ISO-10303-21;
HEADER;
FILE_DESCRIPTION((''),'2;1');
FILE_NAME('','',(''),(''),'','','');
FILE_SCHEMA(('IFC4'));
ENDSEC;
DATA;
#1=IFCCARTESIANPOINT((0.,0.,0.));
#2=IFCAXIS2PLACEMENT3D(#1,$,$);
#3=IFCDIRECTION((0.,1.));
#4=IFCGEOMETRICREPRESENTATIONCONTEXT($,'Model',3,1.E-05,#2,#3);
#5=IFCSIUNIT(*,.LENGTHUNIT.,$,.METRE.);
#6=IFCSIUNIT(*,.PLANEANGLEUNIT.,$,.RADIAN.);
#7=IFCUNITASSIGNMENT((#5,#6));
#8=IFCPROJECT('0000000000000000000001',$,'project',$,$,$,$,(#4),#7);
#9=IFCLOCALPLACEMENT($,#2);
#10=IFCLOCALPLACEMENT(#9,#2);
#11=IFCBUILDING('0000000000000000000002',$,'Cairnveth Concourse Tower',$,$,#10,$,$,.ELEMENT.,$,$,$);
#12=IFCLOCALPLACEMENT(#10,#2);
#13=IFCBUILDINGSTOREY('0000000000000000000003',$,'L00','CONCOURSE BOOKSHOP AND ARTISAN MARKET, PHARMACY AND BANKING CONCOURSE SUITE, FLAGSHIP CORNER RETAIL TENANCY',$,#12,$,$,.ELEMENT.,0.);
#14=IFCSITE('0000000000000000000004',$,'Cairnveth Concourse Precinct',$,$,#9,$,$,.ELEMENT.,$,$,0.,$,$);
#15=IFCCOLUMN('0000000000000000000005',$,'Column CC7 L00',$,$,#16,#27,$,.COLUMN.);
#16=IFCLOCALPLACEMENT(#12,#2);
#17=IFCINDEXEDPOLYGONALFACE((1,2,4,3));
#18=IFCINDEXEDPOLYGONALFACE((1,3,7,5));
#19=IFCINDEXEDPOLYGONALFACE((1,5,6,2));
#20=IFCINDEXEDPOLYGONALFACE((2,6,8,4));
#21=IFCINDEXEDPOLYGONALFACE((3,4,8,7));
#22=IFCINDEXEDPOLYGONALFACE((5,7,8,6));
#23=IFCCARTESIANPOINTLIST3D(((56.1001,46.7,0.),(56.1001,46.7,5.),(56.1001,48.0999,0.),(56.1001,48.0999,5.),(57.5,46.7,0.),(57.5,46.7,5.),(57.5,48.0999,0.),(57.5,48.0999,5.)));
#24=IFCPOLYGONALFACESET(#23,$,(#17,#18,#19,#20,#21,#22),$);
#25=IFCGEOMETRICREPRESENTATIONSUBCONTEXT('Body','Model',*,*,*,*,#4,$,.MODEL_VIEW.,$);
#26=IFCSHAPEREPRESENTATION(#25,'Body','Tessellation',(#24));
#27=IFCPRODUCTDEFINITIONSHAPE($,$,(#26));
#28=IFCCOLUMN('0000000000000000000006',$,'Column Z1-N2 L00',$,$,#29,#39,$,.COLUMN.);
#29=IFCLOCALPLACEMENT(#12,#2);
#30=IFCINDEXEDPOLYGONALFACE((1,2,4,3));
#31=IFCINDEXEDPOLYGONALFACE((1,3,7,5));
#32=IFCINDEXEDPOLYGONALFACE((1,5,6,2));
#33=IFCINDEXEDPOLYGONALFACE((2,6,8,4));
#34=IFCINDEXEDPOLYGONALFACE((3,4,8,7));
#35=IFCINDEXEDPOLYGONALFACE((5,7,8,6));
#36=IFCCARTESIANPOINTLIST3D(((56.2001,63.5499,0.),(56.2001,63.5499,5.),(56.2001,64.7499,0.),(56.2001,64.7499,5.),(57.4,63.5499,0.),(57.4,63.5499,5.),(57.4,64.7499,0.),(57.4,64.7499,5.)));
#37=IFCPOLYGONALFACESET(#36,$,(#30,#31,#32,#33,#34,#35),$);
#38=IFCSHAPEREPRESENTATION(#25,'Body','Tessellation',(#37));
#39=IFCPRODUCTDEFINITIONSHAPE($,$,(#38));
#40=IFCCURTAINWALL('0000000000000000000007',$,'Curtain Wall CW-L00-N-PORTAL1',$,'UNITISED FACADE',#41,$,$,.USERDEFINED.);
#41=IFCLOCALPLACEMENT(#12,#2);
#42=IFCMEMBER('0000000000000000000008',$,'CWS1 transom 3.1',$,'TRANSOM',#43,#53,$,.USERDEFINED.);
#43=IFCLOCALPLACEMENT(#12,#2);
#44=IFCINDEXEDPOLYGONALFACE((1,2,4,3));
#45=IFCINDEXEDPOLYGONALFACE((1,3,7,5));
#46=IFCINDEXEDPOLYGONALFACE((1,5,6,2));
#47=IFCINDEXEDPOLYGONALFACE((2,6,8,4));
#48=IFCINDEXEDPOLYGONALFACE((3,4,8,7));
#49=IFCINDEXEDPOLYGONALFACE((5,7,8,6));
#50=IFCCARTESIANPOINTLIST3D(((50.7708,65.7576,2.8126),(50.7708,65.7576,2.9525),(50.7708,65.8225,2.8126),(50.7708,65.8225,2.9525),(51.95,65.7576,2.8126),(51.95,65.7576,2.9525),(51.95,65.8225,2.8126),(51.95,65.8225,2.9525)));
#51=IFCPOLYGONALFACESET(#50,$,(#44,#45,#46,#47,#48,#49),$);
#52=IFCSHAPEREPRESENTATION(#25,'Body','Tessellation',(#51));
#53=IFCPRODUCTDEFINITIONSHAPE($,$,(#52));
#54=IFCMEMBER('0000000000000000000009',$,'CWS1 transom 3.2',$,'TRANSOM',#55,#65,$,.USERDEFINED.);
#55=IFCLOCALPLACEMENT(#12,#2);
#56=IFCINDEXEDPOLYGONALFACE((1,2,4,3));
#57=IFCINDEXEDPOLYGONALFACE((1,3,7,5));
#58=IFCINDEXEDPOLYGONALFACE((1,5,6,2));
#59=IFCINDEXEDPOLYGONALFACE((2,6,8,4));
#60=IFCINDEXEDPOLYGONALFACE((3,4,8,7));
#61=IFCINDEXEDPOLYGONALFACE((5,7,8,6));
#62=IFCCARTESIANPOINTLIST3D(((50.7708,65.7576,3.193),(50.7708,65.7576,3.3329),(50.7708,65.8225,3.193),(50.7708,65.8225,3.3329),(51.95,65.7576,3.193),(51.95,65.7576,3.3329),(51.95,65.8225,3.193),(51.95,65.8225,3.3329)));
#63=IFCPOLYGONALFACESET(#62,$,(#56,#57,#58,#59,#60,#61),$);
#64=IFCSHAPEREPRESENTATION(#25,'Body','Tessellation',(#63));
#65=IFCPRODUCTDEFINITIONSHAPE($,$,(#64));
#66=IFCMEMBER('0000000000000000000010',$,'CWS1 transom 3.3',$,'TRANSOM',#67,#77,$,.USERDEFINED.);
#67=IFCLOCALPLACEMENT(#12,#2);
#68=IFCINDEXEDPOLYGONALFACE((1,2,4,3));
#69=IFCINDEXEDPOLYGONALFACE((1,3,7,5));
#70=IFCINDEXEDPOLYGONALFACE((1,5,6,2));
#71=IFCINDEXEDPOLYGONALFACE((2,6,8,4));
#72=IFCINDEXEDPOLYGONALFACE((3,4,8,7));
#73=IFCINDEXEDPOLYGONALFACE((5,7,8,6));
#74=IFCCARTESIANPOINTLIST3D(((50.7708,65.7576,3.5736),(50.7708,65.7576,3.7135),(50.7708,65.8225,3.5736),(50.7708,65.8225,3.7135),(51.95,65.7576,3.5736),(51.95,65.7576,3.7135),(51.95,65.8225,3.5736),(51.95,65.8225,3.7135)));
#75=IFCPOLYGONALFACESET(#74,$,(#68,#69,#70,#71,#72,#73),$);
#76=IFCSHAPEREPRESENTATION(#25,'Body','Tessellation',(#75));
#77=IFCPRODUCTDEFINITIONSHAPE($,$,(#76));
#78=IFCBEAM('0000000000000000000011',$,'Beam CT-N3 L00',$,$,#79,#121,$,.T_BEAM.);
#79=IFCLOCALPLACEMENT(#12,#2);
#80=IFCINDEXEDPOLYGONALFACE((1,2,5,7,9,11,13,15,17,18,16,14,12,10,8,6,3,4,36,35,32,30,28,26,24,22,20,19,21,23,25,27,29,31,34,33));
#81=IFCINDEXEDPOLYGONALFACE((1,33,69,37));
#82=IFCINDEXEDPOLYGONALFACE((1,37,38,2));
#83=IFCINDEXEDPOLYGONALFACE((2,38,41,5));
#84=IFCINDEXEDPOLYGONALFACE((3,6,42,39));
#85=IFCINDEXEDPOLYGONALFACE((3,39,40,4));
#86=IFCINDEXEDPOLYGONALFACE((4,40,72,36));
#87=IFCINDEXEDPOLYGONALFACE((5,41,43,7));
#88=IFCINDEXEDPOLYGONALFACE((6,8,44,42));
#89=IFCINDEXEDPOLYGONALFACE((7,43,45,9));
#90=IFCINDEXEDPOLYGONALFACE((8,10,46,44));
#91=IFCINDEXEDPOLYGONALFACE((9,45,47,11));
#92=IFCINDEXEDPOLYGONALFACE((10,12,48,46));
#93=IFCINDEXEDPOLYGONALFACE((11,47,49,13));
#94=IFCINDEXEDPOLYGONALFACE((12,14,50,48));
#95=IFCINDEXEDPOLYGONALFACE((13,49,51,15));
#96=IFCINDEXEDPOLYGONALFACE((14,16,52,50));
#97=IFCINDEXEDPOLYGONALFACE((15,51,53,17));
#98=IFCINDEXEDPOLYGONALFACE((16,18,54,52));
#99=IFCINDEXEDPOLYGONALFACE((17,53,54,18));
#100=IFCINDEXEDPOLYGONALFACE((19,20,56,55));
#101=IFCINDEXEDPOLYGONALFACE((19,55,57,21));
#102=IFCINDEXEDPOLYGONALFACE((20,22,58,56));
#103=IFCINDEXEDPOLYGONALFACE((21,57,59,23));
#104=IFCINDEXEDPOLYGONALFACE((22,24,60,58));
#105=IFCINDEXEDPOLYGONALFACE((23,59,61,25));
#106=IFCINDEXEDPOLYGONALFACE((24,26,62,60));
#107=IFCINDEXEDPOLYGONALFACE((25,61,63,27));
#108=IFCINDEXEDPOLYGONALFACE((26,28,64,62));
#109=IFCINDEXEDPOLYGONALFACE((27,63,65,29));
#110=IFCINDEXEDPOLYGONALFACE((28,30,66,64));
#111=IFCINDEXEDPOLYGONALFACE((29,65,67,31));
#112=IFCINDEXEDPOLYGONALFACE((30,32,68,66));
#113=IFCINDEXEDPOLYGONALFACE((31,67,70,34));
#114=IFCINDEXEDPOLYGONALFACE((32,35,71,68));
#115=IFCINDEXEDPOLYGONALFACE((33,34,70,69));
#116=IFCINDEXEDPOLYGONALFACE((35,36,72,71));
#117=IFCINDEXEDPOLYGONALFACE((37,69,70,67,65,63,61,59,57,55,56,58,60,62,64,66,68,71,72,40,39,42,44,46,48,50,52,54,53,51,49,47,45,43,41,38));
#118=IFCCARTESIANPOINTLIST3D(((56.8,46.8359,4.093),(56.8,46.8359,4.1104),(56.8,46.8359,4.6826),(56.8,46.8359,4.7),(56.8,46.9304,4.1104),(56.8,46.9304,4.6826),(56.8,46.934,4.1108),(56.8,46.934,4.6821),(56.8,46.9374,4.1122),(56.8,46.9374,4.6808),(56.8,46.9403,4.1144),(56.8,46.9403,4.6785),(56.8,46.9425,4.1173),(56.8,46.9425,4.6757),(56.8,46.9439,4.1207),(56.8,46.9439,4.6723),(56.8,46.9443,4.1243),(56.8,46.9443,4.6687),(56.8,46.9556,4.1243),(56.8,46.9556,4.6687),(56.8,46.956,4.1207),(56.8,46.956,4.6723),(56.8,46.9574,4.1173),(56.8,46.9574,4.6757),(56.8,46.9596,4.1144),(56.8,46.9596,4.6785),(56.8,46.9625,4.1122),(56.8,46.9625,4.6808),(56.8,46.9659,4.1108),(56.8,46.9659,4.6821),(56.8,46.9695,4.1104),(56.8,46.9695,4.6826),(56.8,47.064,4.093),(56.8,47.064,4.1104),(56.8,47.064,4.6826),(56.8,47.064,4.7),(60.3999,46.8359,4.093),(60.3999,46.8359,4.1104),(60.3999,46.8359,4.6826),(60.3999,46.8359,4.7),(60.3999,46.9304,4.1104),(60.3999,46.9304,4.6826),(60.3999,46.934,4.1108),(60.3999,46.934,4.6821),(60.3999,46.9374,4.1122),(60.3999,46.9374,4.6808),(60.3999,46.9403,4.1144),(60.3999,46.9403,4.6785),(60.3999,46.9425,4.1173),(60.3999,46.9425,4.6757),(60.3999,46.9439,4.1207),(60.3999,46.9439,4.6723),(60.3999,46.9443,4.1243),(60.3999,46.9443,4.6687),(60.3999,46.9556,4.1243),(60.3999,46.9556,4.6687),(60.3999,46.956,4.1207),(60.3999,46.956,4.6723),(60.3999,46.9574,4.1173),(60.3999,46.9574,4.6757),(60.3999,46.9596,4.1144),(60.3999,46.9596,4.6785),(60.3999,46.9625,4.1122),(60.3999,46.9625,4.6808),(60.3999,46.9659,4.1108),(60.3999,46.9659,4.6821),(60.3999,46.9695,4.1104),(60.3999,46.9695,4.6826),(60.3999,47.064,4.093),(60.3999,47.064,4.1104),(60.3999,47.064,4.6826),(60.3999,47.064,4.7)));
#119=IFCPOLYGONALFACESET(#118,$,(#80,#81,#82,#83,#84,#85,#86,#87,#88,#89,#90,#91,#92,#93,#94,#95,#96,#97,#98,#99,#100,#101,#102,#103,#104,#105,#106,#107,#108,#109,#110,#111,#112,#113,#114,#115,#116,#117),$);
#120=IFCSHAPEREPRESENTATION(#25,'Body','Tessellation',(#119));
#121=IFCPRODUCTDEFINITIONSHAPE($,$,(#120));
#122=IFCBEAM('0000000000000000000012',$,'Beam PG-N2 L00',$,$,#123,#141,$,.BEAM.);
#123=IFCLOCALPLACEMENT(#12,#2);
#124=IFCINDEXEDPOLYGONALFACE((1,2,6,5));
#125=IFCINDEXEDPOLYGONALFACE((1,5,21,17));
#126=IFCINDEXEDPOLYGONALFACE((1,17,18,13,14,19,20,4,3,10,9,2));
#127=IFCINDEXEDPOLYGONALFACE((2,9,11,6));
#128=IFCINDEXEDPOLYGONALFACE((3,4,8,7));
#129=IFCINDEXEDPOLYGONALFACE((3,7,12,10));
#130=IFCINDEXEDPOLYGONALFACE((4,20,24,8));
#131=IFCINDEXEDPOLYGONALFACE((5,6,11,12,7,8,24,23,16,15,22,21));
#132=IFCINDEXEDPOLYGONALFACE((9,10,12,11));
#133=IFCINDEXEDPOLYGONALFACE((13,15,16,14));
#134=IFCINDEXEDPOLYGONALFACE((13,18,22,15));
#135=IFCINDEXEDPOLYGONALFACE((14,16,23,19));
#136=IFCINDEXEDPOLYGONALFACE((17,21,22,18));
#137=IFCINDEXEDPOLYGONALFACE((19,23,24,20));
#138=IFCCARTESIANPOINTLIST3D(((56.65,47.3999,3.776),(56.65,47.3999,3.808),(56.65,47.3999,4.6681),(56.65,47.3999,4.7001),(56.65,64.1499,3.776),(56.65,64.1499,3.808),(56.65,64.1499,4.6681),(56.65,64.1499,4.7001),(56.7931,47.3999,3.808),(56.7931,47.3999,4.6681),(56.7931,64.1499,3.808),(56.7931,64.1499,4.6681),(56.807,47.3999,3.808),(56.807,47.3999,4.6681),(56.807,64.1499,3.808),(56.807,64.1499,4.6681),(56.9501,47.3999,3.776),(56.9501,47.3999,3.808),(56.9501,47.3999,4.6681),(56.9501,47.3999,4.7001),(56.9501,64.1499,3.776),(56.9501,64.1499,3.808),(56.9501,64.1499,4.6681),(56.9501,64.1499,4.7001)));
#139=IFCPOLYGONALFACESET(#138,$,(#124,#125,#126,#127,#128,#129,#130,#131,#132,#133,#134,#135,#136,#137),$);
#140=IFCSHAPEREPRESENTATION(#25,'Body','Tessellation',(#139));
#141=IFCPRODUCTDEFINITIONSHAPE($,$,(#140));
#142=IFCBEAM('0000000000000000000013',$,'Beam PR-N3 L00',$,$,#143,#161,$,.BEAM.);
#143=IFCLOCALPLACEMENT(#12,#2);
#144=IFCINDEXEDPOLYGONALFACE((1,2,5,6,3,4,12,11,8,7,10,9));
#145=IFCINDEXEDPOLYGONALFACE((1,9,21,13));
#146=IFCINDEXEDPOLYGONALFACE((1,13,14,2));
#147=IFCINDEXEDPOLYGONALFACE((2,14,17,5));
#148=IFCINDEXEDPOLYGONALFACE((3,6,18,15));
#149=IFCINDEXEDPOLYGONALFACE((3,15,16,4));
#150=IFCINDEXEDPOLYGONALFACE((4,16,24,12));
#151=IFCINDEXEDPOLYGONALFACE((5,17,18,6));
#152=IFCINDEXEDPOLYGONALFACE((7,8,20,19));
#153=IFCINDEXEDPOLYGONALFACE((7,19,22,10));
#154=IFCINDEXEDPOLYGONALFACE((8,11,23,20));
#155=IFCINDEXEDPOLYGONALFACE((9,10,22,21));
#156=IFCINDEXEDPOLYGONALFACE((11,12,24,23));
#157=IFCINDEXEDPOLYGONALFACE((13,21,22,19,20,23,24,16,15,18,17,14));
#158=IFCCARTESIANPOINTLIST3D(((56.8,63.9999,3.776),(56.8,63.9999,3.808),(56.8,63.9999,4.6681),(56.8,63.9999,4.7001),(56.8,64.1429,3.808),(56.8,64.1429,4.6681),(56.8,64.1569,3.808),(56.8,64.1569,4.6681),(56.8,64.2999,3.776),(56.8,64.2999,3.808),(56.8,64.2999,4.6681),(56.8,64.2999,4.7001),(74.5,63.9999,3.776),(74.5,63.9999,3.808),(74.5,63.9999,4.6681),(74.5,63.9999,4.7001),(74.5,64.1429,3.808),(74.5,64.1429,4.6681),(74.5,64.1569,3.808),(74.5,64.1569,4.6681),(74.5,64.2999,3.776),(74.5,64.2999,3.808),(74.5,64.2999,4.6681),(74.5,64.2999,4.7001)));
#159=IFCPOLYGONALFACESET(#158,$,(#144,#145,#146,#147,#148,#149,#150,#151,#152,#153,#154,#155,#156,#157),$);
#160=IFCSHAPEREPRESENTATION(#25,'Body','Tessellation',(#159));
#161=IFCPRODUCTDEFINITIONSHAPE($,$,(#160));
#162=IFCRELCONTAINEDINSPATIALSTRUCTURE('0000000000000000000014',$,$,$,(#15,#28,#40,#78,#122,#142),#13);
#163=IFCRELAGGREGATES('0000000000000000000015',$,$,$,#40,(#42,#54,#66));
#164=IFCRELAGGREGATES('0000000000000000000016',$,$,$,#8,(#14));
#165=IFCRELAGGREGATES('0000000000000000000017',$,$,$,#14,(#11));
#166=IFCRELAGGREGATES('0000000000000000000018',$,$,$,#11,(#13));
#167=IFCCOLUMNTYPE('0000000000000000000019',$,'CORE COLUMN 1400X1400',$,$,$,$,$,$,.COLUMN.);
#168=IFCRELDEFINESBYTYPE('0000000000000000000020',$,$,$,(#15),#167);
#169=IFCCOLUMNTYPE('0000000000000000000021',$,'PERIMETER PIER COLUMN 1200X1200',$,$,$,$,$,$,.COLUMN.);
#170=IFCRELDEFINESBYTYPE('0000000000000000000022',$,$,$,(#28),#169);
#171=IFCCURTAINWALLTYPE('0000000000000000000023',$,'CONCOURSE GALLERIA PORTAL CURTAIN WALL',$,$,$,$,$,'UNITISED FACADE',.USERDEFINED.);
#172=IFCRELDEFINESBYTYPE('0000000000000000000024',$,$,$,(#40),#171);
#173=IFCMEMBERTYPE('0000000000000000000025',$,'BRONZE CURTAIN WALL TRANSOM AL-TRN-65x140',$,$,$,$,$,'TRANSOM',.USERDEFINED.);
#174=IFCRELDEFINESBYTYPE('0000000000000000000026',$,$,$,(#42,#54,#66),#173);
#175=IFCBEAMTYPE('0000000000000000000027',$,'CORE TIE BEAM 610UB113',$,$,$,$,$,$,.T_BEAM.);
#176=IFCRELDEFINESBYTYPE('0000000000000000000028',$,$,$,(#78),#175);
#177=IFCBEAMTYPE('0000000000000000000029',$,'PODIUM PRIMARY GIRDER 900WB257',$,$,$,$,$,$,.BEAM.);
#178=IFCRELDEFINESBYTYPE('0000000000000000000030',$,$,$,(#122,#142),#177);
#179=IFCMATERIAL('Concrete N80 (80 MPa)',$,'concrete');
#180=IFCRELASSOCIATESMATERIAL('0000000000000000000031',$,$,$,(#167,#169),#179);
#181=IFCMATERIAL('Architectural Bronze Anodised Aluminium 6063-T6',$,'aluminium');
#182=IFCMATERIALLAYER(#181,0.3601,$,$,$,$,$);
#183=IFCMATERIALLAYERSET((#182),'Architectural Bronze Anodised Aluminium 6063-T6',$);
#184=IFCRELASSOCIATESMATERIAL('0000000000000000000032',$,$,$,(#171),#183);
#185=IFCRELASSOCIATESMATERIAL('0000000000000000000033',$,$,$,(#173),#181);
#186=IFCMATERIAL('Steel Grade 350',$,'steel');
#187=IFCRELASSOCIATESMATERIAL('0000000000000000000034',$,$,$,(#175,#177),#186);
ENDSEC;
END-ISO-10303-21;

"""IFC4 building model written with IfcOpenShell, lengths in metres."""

from ifc_helpers import new_model, si_unit, direction, frame, origin, origin_2d, place, context, subcontext, project, spatial, rectangle, i_section, extrude, material, layer, layer_set, material_profile, profile_set, type_object, element, aggregate, save


model = new_model("IFC4")

# Units and contexts
model_context = context("Model", 3, precision=1e-05, world=origin(), true_north=direction((0.0, 1.0)))
body_context = subcontext(model_context, "Body", "Model", "MODEL_VIEW")
ifc_project = project(units=[si_unit("LENGTHUNIT", "METRE"), si_unit("PLANEANGLEUNIT", "RADIAN")], contexts=[model_context])

# Site, building, storey
site_placement = place(None, origin())
site = spatial("IfcSite", under=ifc_project, at=site_placement, Name="Cairnveth Concourse Precinct", CompositionType="ELEMENT", RefElevation=0.0)
building_placement = place(site_placement, origin())
building = spatial("IfcBuilding", under=site, at=building_placement, Name="Cairnveth Concourse Tower", CompositionType="ELEMENT")
storey_placement = place(building_placement, origin())
storey = spatial("IfcBuildingStorey", under=building, at=storey_placement, Name="L00", Description="CONCOURSE BOOKSHOP AND ARTISAN MARKET, PHARMACY AND BANKING CONCOURSE SUITE, FLAGSHIP CORNER RETAIL TENANCY", CompositionType="ELEMENT", Elevation=0.0)

# Columns
ifc_material_1 = material(Name="Concrete N80 (80 MPa)", Category="concrete")
ifc_material_profile_1 = material_profile(ifc_material_1, rectangle(XDim=1.3999, YDim=1.3999, at=origin_2d()), Name="RC-COL-1400x1400")
ifc_profile_set_1 = profile_set([ifc_material_profile_1], Name="Concrete N80 (80 MPa)")
column_type_1 = type_object("IfcColumnType", Name="CORE COLUMN 1400X1400", PredefinedType="COLUMN", material=ifc_profile_set_1)
column_1_placement = place(storey_placement, frame((56.8, 47.3999, 0.0), z_axis=(0.0, 0.0, 1.0), x_axis=(1.0, 0.0, 0.0)))
element("IfcColumn", 1, at=column_1_placement, inside=storey, type_object=column_type_1, Name="Column CC7 L00", PredefinedType="COLUMN", context=body_context, shape_type="SweptSolid", body=[
    extrude(rectangle(XDim=1.3999, YDim=1.3999, at=origin_2d()), origin(), (0.0, 0.0, 1.0), 5.0),
])
ifc_material_profile_2 = material_profile(ifc_material_1, rectangle(XDim=1.2, YDim=1.2, at=origin_2d()), Name="RC-COL-1200x1200")
ifc_profile_set_2 = profile_set([ifc_material_profile_2], Name="Concrete N80 (80 MPa)")
column_type_2 = type_object("IfcColumnType", Name="PERIMETER PIER COLUMN 1200X1200", PredefinedType="COLUMN", material=ifc_profile_set_2)
column_2_placement = place(storey_placement, frame((56.8, 64.1499, 0.0), z_axis=(0.0, 0.0, 1.0), x_axis=(1.0, 0.0, 0.0)))
element("IfcColumn", 2, at=column_2_placement, inside=storey, type_object=column_type_2, Name="Column Z1-N2 L00", PredefinedType="COLUMN", context=body_context, shape_type="SweptSolid", body=[
    extrude(rectangle(XDim=1.2, YDim=1.2, at=origin_2d()), origin(), (0.0, 0.0, 1.0), 5.0),
])

# Curtain wall, members
ifc_material_2 = material(Name="Architectural Bronze Anodised Aluminium 6063-T6", Category="aluminium")
ifc_layer_1 = layer(ifc_material_2, 0.3601)
ifc_layer_set_1 = layer_set([ifc_layer_1], Name="Architectural Bronze Anodised Aluminium 6063-T6")
curtain_wall_type = type_object("IfcCurtainWallType", Name="CONCOURSE GALLERIA PORTAL CURTAIN WALL", ElementType="UNITISED FACADE", PredefinedType="USERDEFINED", material=ifc_layer_set_1)
curtain_wall_placement = place(storey_placement, origin())
curtain_wall = element("IfcCurtainWall", 3, at=curtain_wall_placement, inside=storey, type_object=curtain_wall_type, Name="Curtain Wall CW-L00-N-PORTAL1", ObjectType="UNITISED FACADE", PredefinedType="USERDEFINED")
ifc_material_profile_3 = material_profile(ifc_material_2, rectangle(XDim=0.0649, YDim=0.1399, at=origin_2d()), Name="AL-TRN-65x140")
ifc_profile_set_3 = profile_set([ifc_material_profile_3], Name="Architectural Bronze Anodised Aluminium 6063-T6")
member_type = type_object("IfcMemberType", Name="BRONZE CURTAIN WALL TRANSOM AL-TRN-65x140", ElementType="TRANSOM", PredefinedType="USERDEFINED", material=ifc_profile_set_3)
member_1_placement = place(storey_placement, frame((50.7708, 65.79, 2.8826), z_axis=(1.0, 0.0, 0.0), x_axis=(0.0, 1.0, 0.0)))
member_1 = element("IfcMember", 4, at=member_1_placement, type_object=member_type, Name="CWS1 transom 3.1", ObjectType="TRANSOM", PredefinedType="USERDEFINED", context=body_context, shape_type="SweptSolid", body=[
    extrude(rectangle(XDim=0.0649, YDim=0.1399, at=origin_2d()), origin(), (0.0, 0.0, 1.0), 1.1792),
])
member_2_placement = place(storey_placement, frame((50.7708, 65.79, 3.2629), z_axis=(1.0, 0.0, 0.0), x_axis=(0.0, 1.0, 0.0)))
member_2 = element("IfcMember", 5, at=member_2_placement, type_object=member_type, Name="CWS1 transom 3.2", ObjectType="TRANSOM", PredefinedType="USERDEFINED", context=body_context, shape_type="SweptSolid", body=[
    extrude(rectangle(XDim=0.0649, YDim=0.1399, at=origin_2d()), origin(), (0.0, 0.0, 1.0), 1.1792),
])
member_3_placement = place(storey_placement, frame((50.7708, 65.79, 3.6436), z_axis=(1.0, 0.0, 0.0), x_axis=(0.0, 1.0, 0.0)))
member_3 = element("IfcMember", 6, at=member_3_placement, type_object=member_type, Name="CWS1 transom 3.3", ObjectType="TRANSOM", PredefinedType="USERDEFINED", context=body_context, shape_type="SweptSolid", body=[
    extrude(rectangle(XDim=0.0649, YDim=0.1399, at=origin_2d()), origin(), (0.0, 0.0, 1.0), 1.1792),
])
aggregate(curtain_wall, [member_1, member_2, member_3])

# Beams
ifc_material_3 = material(Name="Steel Grade 350", Category="steel")
ifc_material_profile_4 = material_profile(ifc_material_3, i_section(OverallWidth=0.228, OverallDepth=0.6069, WebThickness=0.0112, FlangeThickness=0.0173, FilletRadius=0.0139, at=origin_2d()), Name="610UB113")
ifc_profile_set_4 = profile_set([ifc_material_profile_4], Name="Steel Grade 350")
beam_type_1 = type_object("IfcBeamType", Name="CORE TIE BEAM 610UB113", PredefinedType="T_BEAM", material=ifc_profile_set_4)
beam_1_placement = place(storey_placement, frame((56.8, 46.95, 4.3965), z_axis=(1.0, 0.0, 0.0), x_axis=(0.0, 1.0, 0.0)))
element("IfcBeam", 7, at=beam_1_placement, inside=storey, type_object=beam_type_1, Name="Beam CT-N3 L00", PredefinedType="T_BEAM", context=body_context, shape_type="SweptSolid", body=[
    extrude(i_section(OverallWidth=0.228, OverallDepth=0.6069, WebThickness=0.0112, FlangeThickness=0.0173, FilletRadius=0.0139, at=origin_2d()), origin(), (0.0, 0.0, 1.0), 3.5999),
])
ifc_material_profile_5 = material_profile(ifc_material_3, i_section(OverallWidth=0.3, OverallDepth=0.9241, WebThickness=0.0139, FlangeThickness=0.032, at=origin_2d()), Name="900WB257")
ifc_profile_set_5 = profile_set([ifc_material_profile_5], Name="Steel Grade 350")
beam_type_2 = type_object("IfcBeamType", Name="PODIUM PRIMARY GIRDER 900WB257", PredefinedType="BEAM", material=ifc_profile_set_5)
beam_2_placement = place(storey_placement, frame((56.8, 47.3999, 4.238), z_axis=(0.0, 1.0, 0.0), x_axis=(-1.0, 0.0, 0.0)))
element("IfcBeam", 8, at=beam_2_placement, inside=storey, type_object=beam_type_2, Name="Beam PG-N2 L00", PredefinedType="BEAM", context=body_context, shape_type="SweptSolid", body=[
    extrude(i_section(OverallWidth=0.3, OverallDepth=0.9241, WebThickness=0.0139, FlangeThickness=0.032, at=origin_2d()), origin(), (0.0, 0.0, 1.0), 16.75),
])
beam_3_placement = place(storey_placement, frame((56.8, 64.1499, 4.238), z_axis=(1.0, 0.0, 0.0), x_axis=(0.0, 1.0, 0.0)))
element("IfcBeam", 9, at=beam_3_placement, inside=storey, type_object=beam_type_2, Name="Beam PR-N3 L00", PredefinedType="BEAM", context=body_context, shape_type="SweptSolid", body=[
    extrude(i_section(OverallWidth=0.3, OverallDepth=0.9241, WebThickness=0.0139, FlangeThickness=0.032, at=origin_2d()), origin(), (0.0, 0.0, 1.0), 17.7),
])

save(model, "model.ifc")
